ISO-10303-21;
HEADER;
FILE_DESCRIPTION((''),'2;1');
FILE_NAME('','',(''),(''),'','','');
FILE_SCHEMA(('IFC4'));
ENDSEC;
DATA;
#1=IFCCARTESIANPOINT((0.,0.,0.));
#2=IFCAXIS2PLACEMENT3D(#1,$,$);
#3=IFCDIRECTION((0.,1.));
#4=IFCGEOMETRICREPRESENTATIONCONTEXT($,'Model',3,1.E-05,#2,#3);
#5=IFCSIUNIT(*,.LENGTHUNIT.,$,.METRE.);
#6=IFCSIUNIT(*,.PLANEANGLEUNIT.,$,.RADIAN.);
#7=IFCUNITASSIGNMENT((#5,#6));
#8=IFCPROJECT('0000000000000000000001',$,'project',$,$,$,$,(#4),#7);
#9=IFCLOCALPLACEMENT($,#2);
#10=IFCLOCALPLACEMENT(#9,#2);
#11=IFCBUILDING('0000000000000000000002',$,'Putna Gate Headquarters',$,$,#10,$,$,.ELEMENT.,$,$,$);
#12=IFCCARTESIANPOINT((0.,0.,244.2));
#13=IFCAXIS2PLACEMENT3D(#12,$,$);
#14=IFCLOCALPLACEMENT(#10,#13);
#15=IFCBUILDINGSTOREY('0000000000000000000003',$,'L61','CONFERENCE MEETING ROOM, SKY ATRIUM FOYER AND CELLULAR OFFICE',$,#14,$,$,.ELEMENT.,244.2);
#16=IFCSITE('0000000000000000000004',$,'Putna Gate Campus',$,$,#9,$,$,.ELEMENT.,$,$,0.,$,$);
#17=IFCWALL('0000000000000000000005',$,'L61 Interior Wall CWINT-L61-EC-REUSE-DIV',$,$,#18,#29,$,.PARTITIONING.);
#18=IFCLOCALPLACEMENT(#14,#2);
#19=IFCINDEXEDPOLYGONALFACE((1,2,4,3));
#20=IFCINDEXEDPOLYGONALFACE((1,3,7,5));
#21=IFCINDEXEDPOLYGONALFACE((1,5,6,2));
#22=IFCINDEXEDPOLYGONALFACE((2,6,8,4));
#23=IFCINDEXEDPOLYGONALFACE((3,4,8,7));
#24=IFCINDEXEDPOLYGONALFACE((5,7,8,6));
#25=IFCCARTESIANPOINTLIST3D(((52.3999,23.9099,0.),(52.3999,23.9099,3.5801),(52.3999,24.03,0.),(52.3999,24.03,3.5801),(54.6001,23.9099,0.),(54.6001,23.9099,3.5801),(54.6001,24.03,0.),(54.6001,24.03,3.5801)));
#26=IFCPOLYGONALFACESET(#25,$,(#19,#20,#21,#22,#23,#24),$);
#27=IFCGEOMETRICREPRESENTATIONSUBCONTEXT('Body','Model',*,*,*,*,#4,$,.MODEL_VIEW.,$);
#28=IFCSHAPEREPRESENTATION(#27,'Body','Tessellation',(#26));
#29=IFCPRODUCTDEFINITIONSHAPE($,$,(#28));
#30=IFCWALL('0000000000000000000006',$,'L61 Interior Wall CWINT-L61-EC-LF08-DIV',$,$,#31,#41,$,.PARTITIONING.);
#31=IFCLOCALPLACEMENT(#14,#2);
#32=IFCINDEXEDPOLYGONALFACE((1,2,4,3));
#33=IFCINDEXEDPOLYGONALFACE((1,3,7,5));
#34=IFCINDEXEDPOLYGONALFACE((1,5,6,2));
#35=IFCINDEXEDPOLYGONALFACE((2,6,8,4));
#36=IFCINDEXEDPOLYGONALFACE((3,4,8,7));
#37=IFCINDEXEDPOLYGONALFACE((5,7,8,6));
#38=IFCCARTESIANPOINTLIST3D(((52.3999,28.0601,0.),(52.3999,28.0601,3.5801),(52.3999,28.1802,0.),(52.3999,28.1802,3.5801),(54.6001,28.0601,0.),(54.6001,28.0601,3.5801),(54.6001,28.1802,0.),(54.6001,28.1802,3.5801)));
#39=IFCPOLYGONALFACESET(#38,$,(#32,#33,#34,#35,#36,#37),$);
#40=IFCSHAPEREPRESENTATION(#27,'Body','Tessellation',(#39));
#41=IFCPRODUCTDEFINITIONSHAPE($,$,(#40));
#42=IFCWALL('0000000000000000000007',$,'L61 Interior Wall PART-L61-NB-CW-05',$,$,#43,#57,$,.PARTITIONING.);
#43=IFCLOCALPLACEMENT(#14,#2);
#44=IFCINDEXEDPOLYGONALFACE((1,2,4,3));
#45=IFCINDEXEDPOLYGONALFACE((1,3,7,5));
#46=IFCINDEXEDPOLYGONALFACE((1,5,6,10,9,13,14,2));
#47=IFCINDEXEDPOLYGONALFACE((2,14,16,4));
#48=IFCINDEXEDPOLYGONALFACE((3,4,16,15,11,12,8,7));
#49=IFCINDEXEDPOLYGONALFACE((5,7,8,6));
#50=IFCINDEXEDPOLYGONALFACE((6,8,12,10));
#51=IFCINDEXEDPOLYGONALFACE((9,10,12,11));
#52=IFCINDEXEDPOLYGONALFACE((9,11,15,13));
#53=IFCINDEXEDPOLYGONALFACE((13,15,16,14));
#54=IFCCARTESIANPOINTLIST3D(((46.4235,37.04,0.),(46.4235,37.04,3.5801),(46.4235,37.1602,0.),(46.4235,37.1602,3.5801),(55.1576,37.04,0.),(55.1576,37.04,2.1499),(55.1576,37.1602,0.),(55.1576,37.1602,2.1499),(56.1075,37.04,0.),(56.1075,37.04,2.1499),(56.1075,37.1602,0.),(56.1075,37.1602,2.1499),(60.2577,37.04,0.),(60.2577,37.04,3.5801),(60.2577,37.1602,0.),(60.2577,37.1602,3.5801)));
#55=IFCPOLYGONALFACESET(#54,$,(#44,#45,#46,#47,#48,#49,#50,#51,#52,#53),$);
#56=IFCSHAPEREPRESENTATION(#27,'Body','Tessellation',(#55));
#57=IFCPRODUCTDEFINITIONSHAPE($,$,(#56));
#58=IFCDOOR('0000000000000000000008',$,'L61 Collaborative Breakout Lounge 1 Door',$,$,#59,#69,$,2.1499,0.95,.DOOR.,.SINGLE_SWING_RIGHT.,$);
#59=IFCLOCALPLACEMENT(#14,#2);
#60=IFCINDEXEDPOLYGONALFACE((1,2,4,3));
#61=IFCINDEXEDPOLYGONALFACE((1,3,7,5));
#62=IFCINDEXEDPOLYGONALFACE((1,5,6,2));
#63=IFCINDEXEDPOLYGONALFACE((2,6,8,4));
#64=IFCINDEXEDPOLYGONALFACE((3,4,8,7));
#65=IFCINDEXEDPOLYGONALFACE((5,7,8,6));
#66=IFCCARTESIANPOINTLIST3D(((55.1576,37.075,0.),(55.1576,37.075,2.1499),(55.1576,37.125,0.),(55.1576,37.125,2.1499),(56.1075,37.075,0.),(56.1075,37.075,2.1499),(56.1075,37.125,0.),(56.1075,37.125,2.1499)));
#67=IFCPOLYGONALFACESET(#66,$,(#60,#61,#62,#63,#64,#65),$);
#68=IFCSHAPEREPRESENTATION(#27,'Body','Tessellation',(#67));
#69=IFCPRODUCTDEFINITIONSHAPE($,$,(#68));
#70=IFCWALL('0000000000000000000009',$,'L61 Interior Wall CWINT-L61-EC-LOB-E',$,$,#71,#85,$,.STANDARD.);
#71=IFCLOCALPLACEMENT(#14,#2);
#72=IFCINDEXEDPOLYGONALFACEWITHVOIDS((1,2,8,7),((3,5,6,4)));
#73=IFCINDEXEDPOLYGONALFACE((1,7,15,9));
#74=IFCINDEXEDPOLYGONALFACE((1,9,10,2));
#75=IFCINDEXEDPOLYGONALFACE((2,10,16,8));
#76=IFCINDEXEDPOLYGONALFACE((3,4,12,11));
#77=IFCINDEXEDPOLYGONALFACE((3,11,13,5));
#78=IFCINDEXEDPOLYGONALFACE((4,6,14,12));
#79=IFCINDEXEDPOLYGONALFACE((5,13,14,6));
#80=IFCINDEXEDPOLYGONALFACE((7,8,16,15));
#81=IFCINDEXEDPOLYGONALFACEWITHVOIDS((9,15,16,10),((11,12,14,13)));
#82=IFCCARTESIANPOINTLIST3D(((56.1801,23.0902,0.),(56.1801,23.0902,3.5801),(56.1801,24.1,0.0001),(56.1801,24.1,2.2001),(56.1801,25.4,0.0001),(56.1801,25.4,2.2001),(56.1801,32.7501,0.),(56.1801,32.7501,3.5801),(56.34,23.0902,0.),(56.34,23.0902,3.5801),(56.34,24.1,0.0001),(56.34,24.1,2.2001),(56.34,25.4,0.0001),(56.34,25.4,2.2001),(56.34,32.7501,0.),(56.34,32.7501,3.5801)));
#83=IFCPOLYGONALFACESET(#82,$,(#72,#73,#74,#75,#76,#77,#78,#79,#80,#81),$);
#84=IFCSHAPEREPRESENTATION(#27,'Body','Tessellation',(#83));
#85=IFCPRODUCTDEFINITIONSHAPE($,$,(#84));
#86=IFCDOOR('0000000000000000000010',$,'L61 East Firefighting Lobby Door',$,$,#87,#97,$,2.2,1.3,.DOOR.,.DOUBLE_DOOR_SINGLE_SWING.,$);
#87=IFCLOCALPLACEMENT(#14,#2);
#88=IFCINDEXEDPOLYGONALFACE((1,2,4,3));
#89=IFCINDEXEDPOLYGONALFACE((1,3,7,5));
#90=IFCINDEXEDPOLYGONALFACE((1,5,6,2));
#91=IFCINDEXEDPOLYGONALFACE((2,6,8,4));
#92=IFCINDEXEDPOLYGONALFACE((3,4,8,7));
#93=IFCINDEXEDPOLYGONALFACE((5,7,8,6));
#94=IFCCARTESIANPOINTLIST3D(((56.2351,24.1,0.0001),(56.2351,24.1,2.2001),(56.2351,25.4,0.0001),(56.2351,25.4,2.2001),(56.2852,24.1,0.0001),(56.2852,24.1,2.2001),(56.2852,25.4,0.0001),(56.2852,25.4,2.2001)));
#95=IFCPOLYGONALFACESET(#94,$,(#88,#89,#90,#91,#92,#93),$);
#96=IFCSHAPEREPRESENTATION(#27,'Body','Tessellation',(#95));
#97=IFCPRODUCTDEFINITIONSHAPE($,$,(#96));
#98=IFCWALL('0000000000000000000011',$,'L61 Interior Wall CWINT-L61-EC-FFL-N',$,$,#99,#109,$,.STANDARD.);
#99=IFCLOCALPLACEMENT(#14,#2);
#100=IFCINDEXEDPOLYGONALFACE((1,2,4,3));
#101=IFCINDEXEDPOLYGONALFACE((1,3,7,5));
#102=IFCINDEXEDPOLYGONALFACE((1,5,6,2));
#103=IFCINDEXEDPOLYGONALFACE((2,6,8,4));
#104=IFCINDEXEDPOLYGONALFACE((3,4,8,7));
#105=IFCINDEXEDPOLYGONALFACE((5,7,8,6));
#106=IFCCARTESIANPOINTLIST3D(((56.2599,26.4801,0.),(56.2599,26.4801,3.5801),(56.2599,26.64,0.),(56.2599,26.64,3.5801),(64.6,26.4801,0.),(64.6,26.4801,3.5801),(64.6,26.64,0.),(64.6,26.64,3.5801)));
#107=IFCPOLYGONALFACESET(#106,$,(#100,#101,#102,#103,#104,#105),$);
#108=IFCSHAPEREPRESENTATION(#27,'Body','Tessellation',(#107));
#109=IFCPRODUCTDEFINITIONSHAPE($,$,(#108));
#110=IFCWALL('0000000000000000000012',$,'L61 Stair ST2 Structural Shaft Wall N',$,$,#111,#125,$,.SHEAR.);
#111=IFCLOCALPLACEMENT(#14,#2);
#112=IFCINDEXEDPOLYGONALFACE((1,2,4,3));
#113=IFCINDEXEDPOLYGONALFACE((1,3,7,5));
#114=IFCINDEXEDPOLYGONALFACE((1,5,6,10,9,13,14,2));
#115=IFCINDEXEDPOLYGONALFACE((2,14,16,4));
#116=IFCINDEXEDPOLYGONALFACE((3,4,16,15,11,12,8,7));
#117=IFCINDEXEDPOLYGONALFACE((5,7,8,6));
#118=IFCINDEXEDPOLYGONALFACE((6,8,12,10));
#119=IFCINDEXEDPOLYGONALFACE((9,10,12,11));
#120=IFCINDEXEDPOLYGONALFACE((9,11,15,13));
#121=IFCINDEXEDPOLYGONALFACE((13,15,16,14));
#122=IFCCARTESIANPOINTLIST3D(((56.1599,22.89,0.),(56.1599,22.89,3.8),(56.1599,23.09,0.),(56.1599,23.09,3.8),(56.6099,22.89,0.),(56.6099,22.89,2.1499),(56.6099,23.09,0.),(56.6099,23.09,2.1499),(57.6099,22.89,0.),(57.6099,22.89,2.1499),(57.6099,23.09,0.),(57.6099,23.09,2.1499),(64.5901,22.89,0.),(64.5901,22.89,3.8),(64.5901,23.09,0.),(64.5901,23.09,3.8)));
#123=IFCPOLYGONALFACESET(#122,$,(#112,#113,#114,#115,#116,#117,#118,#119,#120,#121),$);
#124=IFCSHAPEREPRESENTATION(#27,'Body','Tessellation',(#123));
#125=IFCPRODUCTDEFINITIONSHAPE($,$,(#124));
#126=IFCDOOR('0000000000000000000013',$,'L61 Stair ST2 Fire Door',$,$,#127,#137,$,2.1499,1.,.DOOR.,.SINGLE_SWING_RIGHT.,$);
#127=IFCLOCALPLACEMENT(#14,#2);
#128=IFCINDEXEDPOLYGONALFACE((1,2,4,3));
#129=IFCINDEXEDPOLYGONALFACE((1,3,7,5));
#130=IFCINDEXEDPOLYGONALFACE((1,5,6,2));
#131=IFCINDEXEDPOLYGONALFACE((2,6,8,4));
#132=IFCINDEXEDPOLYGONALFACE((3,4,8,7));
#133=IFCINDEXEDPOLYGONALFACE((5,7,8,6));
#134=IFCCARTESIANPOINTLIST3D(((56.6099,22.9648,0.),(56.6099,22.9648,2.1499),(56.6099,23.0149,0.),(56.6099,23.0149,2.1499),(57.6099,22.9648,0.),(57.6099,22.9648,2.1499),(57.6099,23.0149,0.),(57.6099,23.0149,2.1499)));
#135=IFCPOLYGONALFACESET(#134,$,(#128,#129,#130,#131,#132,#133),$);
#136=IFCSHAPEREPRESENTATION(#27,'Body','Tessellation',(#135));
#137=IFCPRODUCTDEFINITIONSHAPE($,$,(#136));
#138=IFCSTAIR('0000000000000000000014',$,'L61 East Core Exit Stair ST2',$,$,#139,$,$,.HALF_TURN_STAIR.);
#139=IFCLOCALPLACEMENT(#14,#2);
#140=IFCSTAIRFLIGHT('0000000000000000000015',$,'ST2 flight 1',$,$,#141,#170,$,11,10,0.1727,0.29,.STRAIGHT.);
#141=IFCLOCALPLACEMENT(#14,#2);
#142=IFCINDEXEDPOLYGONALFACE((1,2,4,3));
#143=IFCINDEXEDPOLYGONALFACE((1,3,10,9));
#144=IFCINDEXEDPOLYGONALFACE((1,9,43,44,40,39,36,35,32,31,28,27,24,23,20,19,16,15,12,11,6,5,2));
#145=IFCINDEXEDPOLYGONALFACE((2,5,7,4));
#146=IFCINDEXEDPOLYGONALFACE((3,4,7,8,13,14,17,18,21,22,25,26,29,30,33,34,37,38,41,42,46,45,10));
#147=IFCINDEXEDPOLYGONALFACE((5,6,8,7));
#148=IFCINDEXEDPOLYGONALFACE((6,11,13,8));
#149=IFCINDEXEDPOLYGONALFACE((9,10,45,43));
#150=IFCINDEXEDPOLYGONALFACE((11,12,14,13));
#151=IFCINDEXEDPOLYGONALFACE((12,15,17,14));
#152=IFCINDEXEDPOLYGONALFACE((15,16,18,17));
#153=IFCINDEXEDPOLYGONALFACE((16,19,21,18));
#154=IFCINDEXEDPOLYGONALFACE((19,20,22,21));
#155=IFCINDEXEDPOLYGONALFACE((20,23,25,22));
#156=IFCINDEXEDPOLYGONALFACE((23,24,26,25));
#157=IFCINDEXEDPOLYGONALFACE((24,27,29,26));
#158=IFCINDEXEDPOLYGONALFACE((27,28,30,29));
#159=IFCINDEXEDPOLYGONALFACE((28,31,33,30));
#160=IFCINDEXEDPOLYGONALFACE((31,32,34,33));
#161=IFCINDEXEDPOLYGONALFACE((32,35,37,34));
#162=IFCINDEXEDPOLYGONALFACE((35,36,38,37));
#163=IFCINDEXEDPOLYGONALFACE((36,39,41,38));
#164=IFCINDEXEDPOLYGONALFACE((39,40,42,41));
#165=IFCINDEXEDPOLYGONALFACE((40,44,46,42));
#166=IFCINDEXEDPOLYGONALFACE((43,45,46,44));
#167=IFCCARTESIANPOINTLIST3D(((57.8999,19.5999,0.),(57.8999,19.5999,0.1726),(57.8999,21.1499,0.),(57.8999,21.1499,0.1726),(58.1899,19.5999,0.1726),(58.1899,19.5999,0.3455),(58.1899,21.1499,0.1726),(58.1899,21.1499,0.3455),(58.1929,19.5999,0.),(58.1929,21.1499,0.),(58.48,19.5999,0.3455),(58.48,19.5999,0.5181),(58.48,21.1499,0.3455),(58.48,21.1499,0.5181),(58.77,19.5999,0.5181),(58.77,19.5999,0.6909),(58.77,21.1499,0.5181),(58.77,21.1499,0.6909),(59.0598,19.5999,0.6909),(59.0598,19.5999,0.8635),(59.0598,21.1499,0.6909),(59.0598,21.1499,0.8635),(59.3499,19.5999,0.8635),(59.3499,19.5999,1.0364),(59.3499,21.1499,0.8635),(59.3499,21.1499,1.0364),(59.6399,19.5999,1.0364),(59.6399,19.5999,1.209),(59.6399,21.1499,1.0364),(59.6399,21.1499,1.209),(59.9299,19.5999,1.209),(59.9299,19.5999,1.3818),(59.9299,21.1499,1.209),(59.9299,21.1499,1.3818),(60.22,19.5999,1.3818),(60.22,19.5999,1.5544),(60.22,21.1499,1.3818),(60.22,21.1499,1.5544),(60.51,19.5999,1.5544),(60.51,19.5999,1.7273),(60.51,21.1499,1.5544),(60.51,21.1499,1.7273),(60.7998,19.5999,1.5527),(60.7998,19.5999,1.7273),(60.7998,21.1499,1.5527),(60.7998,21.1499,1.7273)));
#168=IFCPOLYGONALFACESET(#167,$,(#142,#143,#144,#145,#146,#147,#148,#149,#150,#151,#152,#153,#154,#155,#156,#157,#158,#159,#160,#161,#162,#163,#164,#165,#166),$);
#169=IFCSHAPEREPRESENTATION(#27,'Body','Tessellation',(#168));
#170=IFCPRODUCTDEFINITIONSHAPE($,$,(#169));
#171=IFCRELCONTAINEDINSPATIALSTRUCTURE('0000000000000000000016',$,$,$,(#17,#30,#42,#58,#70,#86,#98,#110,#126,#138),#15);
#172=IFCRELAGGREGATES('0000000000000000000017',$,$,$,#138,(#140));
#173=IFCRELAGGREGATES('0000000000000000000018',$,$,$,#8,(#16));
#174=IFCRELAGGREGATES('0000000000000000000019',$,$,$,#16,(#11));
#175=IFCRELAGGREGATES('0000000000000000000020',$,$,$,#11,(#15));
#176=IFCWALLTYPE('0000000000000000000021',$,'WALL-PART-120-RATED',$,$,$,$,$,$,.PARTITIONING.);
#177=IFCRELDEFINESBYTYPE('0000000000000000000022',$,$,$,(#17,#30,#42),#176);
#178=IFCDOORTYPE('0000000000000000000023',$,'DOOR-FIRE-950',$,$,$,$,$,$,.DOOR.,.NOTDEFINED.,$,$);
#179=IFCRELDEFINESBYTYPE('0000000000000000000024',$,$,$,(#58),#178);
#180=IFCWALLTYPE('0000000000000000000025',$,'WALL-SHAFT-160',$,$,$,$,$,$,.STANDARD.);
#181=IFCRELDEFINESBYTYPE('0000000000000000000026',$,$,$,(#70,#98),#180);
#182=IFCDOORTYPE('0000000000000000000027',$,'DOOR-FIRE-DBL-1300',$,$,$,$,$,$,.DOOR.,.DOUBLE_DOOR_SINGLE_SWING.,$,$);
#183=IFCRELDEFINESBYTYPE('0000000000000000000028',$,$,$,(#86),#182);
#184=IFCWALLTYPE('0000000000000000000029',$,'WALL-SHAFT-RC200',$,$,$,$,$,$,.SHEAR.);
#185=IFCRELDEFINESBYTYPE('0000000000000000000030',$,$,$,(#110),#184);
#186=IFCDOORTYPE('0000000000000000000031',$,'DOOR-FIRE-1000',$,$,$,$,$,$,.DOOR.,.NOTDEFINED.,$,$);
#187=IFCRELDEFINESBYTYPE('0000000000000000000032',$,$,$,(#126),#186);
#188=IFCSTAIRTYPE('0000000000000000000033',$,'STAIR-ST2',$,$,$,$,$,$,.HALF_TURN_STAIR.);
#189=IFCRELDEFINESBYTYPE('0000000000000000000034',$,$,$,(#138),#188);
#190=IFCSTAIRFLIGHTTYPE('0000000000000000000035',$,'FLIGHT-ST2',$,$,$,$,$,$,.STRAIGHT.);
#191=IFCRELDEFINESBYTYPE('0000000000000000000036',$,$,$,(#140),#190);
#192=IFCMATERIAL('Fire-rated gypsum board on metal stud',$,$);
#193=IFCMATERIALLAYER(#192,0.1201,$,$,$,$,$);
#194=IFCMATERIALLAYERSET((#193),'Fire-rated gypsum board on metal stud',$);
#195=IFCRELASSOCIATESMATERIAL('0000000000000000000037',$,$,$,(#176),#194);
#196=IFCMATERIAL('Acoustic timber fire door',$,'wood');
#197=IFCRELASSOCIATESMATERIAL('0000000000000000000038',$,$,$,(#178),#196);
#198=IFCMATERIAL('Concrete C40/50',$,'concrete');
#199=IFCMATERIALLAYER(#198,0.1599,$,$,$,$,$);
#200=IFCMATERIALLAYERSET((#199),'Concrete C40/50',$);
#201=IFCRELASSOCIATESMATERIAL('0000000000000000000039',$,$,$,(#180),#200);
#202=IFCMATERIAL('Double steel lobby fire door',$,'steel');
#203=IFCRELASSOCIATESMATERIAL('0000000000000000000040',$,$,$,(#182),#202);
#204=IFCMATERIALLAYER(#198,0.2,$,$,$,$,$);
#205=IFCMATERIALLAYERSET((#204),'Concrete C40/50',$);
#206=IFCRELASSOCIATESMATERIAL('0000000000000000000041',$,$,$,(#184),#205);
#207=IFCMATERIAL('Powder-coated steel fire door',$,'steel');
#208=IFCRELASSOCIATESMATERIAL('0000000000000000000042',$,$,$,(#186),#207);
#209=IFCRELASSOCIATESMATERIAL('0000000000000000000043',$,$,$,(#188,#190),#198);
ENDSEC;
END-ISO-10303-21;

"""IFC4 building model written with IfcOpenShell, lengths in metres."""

from ifc_helpers import new_model, si_unit, direction, frame, frame_2d, origin, place, context, subcontext, project, spatial, polyline, rectangle, outline, extrude, material, layer, layer_set, type_object, element, fill, aggregate, save


model = new_model("IFC4")

# Units and contexts
model_context = context("Model", 3, precision=1e-05, world=origin(), true_north=direction((0.0, 1.0)))
body_context = subcontext(model_context, "Body", "Model", "MODEL_VIEW")
ifc_project = project(units=[si_unit("LENGTHUNIT", "METRE"), si_unit("PLANEANGLEUNIT", "RADIAN")], contexts=[model_context])

# Site, building, storey
site_placement = place(None, origin())
site = spatial("IfcSite", under=ifc_project, at=site_placement, Name="Putna Gate Campus", CompositionType="ELEMENT", RefElevation=0.0)
building_placement = place(site_placement, origin())
building = spatial("IfcBuilding", under=site, at=building_placement, Name="Putna Gate Headquarters", CompositionType="ELEMENT")
storey_placement = place(building_placement, frame((0.0, 0.0, 244.2)))
storey = spatial("IfcBuildingStorey", under=building, at=storey_placement, Name="L61", Description="CONFERENCE MEETING ROOM, SKY ATRIUM FOYER AND CELLULAR OFFICE", CompositionType="ELEMENT", Elevation=244.2)

# Walls
ifc_material_1 = material(Name="Fire-rated gypsum board on metal stud")
ifc_layer_1 = layer(ifc_material_1, 0.1201)
ifc_layer_set_1 = layer_set([ifc_layer_1], Name="Fire-rated gypsum board on metal stud")
wall_type_1 = type_object("IfcWallType", Name="WALL-PART-120-RATED", PredefinedType="PARTITIONING", material=ifc_layer_set_1)
for number, where, z_axis, x_axis, name in (
    (1, (52.3999, 23.97, 0.0), (0.0, 0.0, 1.0), (1.0, 0.0, 0.0), "L61 Interior Wall CWINT-L61-EC-REUSE-DIV"),
    (2, (52.3999, 28.1201, 0.0), (0.0, 0.0, 1.0), (1.0, 0.0, 0.0), "L61 Interior Wall CWINT-L61-EC-LF08-DIV"),
):
    element("IfcWall", number, at=place(storey_placement, frame(where, z_axis=z_axis, x_axis=x_axis)), inside=storey, type_object=wall_type_1, Name=name, PredefinedType="PARTITIONING", context=body_context, shape_type="SweptSolid", body=[
        extrude(rectangle(XDim=2.2002, YDim=0.1201, at=frame_2d((1.1001, 0.0))), origin(), (0.0, 0.0, 1.0), 3.5801),
    ])

# Walls, openings, doors
wall_1_placement = place(storey_placement, frame((46.4236, 37.1001, 0.0), z_axis=(0.0, 0.0, 1.0), x_axis=(1.0, 0.0, 0.0)))
wall_1 = element("IfcWall", 3, at=wall_1_placement, inside=storey, type_object=wall_type_1, Name="L61 Interior Wall PART-L61-NB-CW-05", PredefinedType="PARTITIONING", context=body_context, shape_type="SweptSolid", body=[
    extrude(rectangle(XDim=13.8342, YDim=0.1201, at=frame_2d((6.917, 0.0))), origin(), (0.0, 0.0, 1.0), 3.5801),
])
opening_1_placement = place(wall_1_placement, frame((8.7339, 0.0, 0.0)))
opening_1 = element("IfcOpeningElement", 4, at=opening_1_placement, cuts=wall_1, PredefinedType="OPENING", context=body_context, shape_type="SweptSolid", body=[
    extrude(rectangle(XDim=0.95, YDim=2.1499, at=frame_2d((0.4751, 1.075))), frame((0.0, 0.0701, 0.0), z_axis=(0.0, -1.0, 0.0), x_axis=(1.0, 0.0, 0.0)), (0.0, 0.0, 1.0), 0.1401),
])
ifc_material_2 = material(Name="Acoustic timber fire door", Category="wood")
door_type_1 = type_object("IfcDoorType", Name="DOOR-FIRE-950", OperationType="NOTDEFINED", PredefinedType="DOOR", material=ifc_material_2)
door_1_placement = place(opening_1_placement, origin())
door_1 = element("IfcDoor", 5, at=door_1_placement, inside=storey, type_object=door_type_1, Name="L61 Collaborative Breakout Lounge 1 Door", OperationType="SINGLE_SWING_RIGHT", OverallHeight=2.1499, OverallWidth=0.95, PredefinedType="DOOR", context=body_context, shape_type="SweptSolid", body=[
    extrude(rectangle(XDim=0.95, YDim=2.1499, at=frame_2d((0.4751, 1.075))), frame((0.0, 0.0249, 0.0), z_axis=(0.0, -1.0, 0.0), x_axis=(1.0, 0.0, 0.0)), (0.0, 0.0, 1.0), 0.05),
])
fill(opening_1, door_1)
ifc_material_3 = material(Name="Concrete C40/50", Category="concrete")
ifc_layer_2 = layer(ifc_material_3, 0.1599)
ifc_layer_set_2 = layer_set([ifc_layer_2], Name="Concrete C40/50")
wall_type_2 = type_object("IfcWallType", Name="WALL-SHAFT-160", PredefinedType="STANDARD", material=ifc_layer_set_2)
wall_2_placement = place(storey_placement, frame((56.26, 23.0901, 0.0), z_axis=(0.0, 0.0, 1.0), x_axis=(0.0, 1.0, 0.0)))
wall_2 = element("IfcWall", 6, at=wall_2_placement, inside=storey, type_object=wall_type_2, Name="L61 Interior Wall CWINT-L61-EC-LOB-E", PredefinedType="STANDARD", context=body_context, shape_type="SweptSolid", body=[
    extrude(rectangle(XDim=9.6599, YDim=0.1599, at=frame_2d((4.8301, 0.0))), origin(), (0.0, 0.0, 1.0), 3.5801),
])
opening_2_placement = place(wall_2_placement, frame((1.01, 0.0, 0.0)))
opening_2 = element("IfcOpeningElement", 7, at=opening_2_placement, cuts=wall_2, PredefinedType="OPENING", context=body_context, shape_type="SweptSolid", body=[
    extrude(rectangle(XDim=1.3, YDim=2.2, at=frame_2d((0.6499, 1.1001))), frame((0.0, 0.0898, 0.0), z_axis=(0.0, -1.0, 0.0), x_axis=(1.0, 0.0, 0.0)), (0.0, 0.0, 1.0), 0.1799),
])
ifc_material_4 = material(Name="Double steel lobby fire door", Category="steel")
door_type_2 = type_object("IfcDoorType", Name="DOOR-FIRE-DBL-1300", OperationType="DOUBLE_DOOR_SINGLE_SWING", PredefinedType="DOOR", material=ifc_material_4)
door_2_placement = place(opening_2_placement, origin())
door_2 = element("IfcDoor", 8, at=door_2_placement, inside=storey, type_object=door_type_2, Name="L61 East Firefighting Lobby Door", OperationType="DOUBLE_DOOR_SINGLE_SWING", OverallHeight=2.2, OverallWidth=1.3, PredefinedType="DOOR", context=body_context, shape_type="SweptSolid", body=[
    extrude(rectangle(XDim=1.3, YDim=2.2, at=frame_2d((0.6499, 1.1001))), frame((0.0, 0.0249, 0.0), z_axis=(0.0, -1.0, 0.0), x_axis=(1.0, 0.0, 0.0)), (0.0, 0.0, 1.0), 0.05),
])
fill(opening_2, door_2)

# Wall
wall_3_placement = place(storey_placement, frame((56.26, 26.5601, 0.0), z_axis=(0.0, 0.0, 1.0), x_axis=(1.0, 0.0, 0.0)))
element("IfcWall", 9, at=wall_3_placement, inside=storey, type_object=wall_type_2, Name="L61 Interior Wall CWINT-L61-EC-FFL-N", PredefinedType="STANDARD", context=body_context, shape_type="SweptSolid", body=[
    extrude(rectangle(XDim=8.3401, YDim=0.1599, at=frame_2d((4.1699, 0.0))), origin(), (0.0, 0.0, 1.0), 3.5801),
])

# Wall, opening, door
ifc_layer_3 = layer(ifc_material_3, 0.2)
ifc_layer_set_3 = layer_set([ifc_layer_3], Name="Concrete C40/50")
wall_type_3 = type_object("IfcWallType", Name="WALL-SHAFT-RC200", PredefinedType="SHEAR", material=ifc_layer_set_3)
wall_4_placement = place(storey_placement, frame((56.1599, 22.99, 0.0), z_axis=(0.0, 0.0, 1.0), x_axis=(1.0, 0.0, 0.0)))
wall_4 = element("IfcWall", 10, at=wall_4_placement, inside=storey, type_object=wall_type_3, Name="L61 Stair ST2 Structural Shaft Wall N", PredefinedType="SHEAR", context=body_context, shape_type="SweptSolid", body=[
    extrude(rectangle(XDim=8.4302, YDim=0.2, at=frame_2d((4.2151, 0.0))), origin(), (0.0, 0.0, 1.0), 3.8),
])
opening_3_placement = place(wall_4_placement, frame((0.45, 0.0, 0.0)))
opening_3 = element("IfcOpeningElement", 11, at=opening_3_placement, cuts=wall_4, PredefinedType="OPENING", context=body_context, shape_type="SweptSolid", body=[
    extrude(rectangle(XDim=1.0, YDim=2.1499, at=frame_2d((0.5, 1.075))), frame((0.0, 0.1099, 0.0), z_axis=(0.0, -1.0, 0.0), x_axis=(1.0, 0.0, 0.0)), (0.0, 0.0, 1.0), 0.22),
])
ifc_material_5 = material(Name="Powder-coated steel fire door", Category="steel")
door_type_3 = type_object("IfcDoorType", Name="DOOR-FIRE-1000", OperationType="NOTDEFINED", PredefinedType="DOOR", material=ifc_material_5)
door_3_placement = place(opening_3_placement, origin())
door_3 = element("IfcDoor", 12, at=door_3_placement, inside=storey, type_object=door_type_3, Name="L61 Stair ST2 Fire Door", OperationType="SINGLE_SWING_RIGHT", OverallHeight=2.1499, OverallWidth=1.0, PredefinedType="DOOR", context=body_context, shape_type="SweptSolid", body=[
    extrude(rectangle(XDim=1.0, YDim=2.1499, at=frame_2d((0.5, 1.075))), frame((0.0, 0.0249, 0.0), z_axis=(0.0, -1.0, 0.0), x_axis=(1.0, 0.0, 0.0)), (0.0, 0.0, 1.0), 0.05),
])
fill(opening_3, door_3)

# Stair, stair flight
stair_type = type_object("IfcStairType", Name="STAIR-ST2", PredefinedType="HALF_TURN_STAIR", material=ifc_material_3)
stair_placement = place(storey_placement, origin())
stair = element("IfcStair", 13, at=stair_placement, inside=storey, type_object=stair_type, Name="L61 East Core Exit Stair ST2", PredefinedType="HALF_TURN_STAIR")
stair_flight_type = type_object("IfcStairFlightType", Name="FLIGHT-ST2", PredefinedType="STRAIGHT", material=ifc_material_3)
stair_flight_placement = place(storey_placement, frame((57.8999, 20.375, 0.0), z_axis=(0.0, 0.0, 1.0), x_axis=(1.0, 0.0, 0.0)))
stair_flight = element("IfcStairFlight", 14, at=stair_flight_placement, type_object=stair_flight_type, Name="ST2 flight 1", NumberOfRisers=11, NumberOfTreads=10, PredefinedType="STRAIGHT", RiserHeight=0.1727, TreadLength=0.29, context=body_context, shape_type="SweptSolid", body=[
    extrude(outline(polyline([(0.0, 0.0), (0.0, 0.1726), (0.29, 0.1726), (0.29, 0.3455), (0.5801, 0.3455), (0.5801, 0.5181), (0.8701, 0.5181), (0.8701, 0.6909), (1.1599, 0.6909), (1.1599, 0.8635), (1.45, 0.8635), (1.45, 1.0364), (1.74, 1.0364), (1.74, 1.209), (2.03, 1.209), (2.03, 1.3818), (2.3201, 1.3818), (2.3201, 1.5544), (2.6101, 1.5544), (2.6101, 1.7273), (2.8999, 1.7273), (2.8999, 1.8999), (2.8999, 1.5527), (0.293, 0.0), (0.0, 0.0)])), frame((0.0, 0.7749, 0.0), z_axis=(0.0, -1.0, 0.0), x_axis=(1.0, 0.0, 0.0)), (0.0, 0.0, 1.0), 1.55),
])
aggregate(stair, [stair_flight])

save(model, "model.ifc")
